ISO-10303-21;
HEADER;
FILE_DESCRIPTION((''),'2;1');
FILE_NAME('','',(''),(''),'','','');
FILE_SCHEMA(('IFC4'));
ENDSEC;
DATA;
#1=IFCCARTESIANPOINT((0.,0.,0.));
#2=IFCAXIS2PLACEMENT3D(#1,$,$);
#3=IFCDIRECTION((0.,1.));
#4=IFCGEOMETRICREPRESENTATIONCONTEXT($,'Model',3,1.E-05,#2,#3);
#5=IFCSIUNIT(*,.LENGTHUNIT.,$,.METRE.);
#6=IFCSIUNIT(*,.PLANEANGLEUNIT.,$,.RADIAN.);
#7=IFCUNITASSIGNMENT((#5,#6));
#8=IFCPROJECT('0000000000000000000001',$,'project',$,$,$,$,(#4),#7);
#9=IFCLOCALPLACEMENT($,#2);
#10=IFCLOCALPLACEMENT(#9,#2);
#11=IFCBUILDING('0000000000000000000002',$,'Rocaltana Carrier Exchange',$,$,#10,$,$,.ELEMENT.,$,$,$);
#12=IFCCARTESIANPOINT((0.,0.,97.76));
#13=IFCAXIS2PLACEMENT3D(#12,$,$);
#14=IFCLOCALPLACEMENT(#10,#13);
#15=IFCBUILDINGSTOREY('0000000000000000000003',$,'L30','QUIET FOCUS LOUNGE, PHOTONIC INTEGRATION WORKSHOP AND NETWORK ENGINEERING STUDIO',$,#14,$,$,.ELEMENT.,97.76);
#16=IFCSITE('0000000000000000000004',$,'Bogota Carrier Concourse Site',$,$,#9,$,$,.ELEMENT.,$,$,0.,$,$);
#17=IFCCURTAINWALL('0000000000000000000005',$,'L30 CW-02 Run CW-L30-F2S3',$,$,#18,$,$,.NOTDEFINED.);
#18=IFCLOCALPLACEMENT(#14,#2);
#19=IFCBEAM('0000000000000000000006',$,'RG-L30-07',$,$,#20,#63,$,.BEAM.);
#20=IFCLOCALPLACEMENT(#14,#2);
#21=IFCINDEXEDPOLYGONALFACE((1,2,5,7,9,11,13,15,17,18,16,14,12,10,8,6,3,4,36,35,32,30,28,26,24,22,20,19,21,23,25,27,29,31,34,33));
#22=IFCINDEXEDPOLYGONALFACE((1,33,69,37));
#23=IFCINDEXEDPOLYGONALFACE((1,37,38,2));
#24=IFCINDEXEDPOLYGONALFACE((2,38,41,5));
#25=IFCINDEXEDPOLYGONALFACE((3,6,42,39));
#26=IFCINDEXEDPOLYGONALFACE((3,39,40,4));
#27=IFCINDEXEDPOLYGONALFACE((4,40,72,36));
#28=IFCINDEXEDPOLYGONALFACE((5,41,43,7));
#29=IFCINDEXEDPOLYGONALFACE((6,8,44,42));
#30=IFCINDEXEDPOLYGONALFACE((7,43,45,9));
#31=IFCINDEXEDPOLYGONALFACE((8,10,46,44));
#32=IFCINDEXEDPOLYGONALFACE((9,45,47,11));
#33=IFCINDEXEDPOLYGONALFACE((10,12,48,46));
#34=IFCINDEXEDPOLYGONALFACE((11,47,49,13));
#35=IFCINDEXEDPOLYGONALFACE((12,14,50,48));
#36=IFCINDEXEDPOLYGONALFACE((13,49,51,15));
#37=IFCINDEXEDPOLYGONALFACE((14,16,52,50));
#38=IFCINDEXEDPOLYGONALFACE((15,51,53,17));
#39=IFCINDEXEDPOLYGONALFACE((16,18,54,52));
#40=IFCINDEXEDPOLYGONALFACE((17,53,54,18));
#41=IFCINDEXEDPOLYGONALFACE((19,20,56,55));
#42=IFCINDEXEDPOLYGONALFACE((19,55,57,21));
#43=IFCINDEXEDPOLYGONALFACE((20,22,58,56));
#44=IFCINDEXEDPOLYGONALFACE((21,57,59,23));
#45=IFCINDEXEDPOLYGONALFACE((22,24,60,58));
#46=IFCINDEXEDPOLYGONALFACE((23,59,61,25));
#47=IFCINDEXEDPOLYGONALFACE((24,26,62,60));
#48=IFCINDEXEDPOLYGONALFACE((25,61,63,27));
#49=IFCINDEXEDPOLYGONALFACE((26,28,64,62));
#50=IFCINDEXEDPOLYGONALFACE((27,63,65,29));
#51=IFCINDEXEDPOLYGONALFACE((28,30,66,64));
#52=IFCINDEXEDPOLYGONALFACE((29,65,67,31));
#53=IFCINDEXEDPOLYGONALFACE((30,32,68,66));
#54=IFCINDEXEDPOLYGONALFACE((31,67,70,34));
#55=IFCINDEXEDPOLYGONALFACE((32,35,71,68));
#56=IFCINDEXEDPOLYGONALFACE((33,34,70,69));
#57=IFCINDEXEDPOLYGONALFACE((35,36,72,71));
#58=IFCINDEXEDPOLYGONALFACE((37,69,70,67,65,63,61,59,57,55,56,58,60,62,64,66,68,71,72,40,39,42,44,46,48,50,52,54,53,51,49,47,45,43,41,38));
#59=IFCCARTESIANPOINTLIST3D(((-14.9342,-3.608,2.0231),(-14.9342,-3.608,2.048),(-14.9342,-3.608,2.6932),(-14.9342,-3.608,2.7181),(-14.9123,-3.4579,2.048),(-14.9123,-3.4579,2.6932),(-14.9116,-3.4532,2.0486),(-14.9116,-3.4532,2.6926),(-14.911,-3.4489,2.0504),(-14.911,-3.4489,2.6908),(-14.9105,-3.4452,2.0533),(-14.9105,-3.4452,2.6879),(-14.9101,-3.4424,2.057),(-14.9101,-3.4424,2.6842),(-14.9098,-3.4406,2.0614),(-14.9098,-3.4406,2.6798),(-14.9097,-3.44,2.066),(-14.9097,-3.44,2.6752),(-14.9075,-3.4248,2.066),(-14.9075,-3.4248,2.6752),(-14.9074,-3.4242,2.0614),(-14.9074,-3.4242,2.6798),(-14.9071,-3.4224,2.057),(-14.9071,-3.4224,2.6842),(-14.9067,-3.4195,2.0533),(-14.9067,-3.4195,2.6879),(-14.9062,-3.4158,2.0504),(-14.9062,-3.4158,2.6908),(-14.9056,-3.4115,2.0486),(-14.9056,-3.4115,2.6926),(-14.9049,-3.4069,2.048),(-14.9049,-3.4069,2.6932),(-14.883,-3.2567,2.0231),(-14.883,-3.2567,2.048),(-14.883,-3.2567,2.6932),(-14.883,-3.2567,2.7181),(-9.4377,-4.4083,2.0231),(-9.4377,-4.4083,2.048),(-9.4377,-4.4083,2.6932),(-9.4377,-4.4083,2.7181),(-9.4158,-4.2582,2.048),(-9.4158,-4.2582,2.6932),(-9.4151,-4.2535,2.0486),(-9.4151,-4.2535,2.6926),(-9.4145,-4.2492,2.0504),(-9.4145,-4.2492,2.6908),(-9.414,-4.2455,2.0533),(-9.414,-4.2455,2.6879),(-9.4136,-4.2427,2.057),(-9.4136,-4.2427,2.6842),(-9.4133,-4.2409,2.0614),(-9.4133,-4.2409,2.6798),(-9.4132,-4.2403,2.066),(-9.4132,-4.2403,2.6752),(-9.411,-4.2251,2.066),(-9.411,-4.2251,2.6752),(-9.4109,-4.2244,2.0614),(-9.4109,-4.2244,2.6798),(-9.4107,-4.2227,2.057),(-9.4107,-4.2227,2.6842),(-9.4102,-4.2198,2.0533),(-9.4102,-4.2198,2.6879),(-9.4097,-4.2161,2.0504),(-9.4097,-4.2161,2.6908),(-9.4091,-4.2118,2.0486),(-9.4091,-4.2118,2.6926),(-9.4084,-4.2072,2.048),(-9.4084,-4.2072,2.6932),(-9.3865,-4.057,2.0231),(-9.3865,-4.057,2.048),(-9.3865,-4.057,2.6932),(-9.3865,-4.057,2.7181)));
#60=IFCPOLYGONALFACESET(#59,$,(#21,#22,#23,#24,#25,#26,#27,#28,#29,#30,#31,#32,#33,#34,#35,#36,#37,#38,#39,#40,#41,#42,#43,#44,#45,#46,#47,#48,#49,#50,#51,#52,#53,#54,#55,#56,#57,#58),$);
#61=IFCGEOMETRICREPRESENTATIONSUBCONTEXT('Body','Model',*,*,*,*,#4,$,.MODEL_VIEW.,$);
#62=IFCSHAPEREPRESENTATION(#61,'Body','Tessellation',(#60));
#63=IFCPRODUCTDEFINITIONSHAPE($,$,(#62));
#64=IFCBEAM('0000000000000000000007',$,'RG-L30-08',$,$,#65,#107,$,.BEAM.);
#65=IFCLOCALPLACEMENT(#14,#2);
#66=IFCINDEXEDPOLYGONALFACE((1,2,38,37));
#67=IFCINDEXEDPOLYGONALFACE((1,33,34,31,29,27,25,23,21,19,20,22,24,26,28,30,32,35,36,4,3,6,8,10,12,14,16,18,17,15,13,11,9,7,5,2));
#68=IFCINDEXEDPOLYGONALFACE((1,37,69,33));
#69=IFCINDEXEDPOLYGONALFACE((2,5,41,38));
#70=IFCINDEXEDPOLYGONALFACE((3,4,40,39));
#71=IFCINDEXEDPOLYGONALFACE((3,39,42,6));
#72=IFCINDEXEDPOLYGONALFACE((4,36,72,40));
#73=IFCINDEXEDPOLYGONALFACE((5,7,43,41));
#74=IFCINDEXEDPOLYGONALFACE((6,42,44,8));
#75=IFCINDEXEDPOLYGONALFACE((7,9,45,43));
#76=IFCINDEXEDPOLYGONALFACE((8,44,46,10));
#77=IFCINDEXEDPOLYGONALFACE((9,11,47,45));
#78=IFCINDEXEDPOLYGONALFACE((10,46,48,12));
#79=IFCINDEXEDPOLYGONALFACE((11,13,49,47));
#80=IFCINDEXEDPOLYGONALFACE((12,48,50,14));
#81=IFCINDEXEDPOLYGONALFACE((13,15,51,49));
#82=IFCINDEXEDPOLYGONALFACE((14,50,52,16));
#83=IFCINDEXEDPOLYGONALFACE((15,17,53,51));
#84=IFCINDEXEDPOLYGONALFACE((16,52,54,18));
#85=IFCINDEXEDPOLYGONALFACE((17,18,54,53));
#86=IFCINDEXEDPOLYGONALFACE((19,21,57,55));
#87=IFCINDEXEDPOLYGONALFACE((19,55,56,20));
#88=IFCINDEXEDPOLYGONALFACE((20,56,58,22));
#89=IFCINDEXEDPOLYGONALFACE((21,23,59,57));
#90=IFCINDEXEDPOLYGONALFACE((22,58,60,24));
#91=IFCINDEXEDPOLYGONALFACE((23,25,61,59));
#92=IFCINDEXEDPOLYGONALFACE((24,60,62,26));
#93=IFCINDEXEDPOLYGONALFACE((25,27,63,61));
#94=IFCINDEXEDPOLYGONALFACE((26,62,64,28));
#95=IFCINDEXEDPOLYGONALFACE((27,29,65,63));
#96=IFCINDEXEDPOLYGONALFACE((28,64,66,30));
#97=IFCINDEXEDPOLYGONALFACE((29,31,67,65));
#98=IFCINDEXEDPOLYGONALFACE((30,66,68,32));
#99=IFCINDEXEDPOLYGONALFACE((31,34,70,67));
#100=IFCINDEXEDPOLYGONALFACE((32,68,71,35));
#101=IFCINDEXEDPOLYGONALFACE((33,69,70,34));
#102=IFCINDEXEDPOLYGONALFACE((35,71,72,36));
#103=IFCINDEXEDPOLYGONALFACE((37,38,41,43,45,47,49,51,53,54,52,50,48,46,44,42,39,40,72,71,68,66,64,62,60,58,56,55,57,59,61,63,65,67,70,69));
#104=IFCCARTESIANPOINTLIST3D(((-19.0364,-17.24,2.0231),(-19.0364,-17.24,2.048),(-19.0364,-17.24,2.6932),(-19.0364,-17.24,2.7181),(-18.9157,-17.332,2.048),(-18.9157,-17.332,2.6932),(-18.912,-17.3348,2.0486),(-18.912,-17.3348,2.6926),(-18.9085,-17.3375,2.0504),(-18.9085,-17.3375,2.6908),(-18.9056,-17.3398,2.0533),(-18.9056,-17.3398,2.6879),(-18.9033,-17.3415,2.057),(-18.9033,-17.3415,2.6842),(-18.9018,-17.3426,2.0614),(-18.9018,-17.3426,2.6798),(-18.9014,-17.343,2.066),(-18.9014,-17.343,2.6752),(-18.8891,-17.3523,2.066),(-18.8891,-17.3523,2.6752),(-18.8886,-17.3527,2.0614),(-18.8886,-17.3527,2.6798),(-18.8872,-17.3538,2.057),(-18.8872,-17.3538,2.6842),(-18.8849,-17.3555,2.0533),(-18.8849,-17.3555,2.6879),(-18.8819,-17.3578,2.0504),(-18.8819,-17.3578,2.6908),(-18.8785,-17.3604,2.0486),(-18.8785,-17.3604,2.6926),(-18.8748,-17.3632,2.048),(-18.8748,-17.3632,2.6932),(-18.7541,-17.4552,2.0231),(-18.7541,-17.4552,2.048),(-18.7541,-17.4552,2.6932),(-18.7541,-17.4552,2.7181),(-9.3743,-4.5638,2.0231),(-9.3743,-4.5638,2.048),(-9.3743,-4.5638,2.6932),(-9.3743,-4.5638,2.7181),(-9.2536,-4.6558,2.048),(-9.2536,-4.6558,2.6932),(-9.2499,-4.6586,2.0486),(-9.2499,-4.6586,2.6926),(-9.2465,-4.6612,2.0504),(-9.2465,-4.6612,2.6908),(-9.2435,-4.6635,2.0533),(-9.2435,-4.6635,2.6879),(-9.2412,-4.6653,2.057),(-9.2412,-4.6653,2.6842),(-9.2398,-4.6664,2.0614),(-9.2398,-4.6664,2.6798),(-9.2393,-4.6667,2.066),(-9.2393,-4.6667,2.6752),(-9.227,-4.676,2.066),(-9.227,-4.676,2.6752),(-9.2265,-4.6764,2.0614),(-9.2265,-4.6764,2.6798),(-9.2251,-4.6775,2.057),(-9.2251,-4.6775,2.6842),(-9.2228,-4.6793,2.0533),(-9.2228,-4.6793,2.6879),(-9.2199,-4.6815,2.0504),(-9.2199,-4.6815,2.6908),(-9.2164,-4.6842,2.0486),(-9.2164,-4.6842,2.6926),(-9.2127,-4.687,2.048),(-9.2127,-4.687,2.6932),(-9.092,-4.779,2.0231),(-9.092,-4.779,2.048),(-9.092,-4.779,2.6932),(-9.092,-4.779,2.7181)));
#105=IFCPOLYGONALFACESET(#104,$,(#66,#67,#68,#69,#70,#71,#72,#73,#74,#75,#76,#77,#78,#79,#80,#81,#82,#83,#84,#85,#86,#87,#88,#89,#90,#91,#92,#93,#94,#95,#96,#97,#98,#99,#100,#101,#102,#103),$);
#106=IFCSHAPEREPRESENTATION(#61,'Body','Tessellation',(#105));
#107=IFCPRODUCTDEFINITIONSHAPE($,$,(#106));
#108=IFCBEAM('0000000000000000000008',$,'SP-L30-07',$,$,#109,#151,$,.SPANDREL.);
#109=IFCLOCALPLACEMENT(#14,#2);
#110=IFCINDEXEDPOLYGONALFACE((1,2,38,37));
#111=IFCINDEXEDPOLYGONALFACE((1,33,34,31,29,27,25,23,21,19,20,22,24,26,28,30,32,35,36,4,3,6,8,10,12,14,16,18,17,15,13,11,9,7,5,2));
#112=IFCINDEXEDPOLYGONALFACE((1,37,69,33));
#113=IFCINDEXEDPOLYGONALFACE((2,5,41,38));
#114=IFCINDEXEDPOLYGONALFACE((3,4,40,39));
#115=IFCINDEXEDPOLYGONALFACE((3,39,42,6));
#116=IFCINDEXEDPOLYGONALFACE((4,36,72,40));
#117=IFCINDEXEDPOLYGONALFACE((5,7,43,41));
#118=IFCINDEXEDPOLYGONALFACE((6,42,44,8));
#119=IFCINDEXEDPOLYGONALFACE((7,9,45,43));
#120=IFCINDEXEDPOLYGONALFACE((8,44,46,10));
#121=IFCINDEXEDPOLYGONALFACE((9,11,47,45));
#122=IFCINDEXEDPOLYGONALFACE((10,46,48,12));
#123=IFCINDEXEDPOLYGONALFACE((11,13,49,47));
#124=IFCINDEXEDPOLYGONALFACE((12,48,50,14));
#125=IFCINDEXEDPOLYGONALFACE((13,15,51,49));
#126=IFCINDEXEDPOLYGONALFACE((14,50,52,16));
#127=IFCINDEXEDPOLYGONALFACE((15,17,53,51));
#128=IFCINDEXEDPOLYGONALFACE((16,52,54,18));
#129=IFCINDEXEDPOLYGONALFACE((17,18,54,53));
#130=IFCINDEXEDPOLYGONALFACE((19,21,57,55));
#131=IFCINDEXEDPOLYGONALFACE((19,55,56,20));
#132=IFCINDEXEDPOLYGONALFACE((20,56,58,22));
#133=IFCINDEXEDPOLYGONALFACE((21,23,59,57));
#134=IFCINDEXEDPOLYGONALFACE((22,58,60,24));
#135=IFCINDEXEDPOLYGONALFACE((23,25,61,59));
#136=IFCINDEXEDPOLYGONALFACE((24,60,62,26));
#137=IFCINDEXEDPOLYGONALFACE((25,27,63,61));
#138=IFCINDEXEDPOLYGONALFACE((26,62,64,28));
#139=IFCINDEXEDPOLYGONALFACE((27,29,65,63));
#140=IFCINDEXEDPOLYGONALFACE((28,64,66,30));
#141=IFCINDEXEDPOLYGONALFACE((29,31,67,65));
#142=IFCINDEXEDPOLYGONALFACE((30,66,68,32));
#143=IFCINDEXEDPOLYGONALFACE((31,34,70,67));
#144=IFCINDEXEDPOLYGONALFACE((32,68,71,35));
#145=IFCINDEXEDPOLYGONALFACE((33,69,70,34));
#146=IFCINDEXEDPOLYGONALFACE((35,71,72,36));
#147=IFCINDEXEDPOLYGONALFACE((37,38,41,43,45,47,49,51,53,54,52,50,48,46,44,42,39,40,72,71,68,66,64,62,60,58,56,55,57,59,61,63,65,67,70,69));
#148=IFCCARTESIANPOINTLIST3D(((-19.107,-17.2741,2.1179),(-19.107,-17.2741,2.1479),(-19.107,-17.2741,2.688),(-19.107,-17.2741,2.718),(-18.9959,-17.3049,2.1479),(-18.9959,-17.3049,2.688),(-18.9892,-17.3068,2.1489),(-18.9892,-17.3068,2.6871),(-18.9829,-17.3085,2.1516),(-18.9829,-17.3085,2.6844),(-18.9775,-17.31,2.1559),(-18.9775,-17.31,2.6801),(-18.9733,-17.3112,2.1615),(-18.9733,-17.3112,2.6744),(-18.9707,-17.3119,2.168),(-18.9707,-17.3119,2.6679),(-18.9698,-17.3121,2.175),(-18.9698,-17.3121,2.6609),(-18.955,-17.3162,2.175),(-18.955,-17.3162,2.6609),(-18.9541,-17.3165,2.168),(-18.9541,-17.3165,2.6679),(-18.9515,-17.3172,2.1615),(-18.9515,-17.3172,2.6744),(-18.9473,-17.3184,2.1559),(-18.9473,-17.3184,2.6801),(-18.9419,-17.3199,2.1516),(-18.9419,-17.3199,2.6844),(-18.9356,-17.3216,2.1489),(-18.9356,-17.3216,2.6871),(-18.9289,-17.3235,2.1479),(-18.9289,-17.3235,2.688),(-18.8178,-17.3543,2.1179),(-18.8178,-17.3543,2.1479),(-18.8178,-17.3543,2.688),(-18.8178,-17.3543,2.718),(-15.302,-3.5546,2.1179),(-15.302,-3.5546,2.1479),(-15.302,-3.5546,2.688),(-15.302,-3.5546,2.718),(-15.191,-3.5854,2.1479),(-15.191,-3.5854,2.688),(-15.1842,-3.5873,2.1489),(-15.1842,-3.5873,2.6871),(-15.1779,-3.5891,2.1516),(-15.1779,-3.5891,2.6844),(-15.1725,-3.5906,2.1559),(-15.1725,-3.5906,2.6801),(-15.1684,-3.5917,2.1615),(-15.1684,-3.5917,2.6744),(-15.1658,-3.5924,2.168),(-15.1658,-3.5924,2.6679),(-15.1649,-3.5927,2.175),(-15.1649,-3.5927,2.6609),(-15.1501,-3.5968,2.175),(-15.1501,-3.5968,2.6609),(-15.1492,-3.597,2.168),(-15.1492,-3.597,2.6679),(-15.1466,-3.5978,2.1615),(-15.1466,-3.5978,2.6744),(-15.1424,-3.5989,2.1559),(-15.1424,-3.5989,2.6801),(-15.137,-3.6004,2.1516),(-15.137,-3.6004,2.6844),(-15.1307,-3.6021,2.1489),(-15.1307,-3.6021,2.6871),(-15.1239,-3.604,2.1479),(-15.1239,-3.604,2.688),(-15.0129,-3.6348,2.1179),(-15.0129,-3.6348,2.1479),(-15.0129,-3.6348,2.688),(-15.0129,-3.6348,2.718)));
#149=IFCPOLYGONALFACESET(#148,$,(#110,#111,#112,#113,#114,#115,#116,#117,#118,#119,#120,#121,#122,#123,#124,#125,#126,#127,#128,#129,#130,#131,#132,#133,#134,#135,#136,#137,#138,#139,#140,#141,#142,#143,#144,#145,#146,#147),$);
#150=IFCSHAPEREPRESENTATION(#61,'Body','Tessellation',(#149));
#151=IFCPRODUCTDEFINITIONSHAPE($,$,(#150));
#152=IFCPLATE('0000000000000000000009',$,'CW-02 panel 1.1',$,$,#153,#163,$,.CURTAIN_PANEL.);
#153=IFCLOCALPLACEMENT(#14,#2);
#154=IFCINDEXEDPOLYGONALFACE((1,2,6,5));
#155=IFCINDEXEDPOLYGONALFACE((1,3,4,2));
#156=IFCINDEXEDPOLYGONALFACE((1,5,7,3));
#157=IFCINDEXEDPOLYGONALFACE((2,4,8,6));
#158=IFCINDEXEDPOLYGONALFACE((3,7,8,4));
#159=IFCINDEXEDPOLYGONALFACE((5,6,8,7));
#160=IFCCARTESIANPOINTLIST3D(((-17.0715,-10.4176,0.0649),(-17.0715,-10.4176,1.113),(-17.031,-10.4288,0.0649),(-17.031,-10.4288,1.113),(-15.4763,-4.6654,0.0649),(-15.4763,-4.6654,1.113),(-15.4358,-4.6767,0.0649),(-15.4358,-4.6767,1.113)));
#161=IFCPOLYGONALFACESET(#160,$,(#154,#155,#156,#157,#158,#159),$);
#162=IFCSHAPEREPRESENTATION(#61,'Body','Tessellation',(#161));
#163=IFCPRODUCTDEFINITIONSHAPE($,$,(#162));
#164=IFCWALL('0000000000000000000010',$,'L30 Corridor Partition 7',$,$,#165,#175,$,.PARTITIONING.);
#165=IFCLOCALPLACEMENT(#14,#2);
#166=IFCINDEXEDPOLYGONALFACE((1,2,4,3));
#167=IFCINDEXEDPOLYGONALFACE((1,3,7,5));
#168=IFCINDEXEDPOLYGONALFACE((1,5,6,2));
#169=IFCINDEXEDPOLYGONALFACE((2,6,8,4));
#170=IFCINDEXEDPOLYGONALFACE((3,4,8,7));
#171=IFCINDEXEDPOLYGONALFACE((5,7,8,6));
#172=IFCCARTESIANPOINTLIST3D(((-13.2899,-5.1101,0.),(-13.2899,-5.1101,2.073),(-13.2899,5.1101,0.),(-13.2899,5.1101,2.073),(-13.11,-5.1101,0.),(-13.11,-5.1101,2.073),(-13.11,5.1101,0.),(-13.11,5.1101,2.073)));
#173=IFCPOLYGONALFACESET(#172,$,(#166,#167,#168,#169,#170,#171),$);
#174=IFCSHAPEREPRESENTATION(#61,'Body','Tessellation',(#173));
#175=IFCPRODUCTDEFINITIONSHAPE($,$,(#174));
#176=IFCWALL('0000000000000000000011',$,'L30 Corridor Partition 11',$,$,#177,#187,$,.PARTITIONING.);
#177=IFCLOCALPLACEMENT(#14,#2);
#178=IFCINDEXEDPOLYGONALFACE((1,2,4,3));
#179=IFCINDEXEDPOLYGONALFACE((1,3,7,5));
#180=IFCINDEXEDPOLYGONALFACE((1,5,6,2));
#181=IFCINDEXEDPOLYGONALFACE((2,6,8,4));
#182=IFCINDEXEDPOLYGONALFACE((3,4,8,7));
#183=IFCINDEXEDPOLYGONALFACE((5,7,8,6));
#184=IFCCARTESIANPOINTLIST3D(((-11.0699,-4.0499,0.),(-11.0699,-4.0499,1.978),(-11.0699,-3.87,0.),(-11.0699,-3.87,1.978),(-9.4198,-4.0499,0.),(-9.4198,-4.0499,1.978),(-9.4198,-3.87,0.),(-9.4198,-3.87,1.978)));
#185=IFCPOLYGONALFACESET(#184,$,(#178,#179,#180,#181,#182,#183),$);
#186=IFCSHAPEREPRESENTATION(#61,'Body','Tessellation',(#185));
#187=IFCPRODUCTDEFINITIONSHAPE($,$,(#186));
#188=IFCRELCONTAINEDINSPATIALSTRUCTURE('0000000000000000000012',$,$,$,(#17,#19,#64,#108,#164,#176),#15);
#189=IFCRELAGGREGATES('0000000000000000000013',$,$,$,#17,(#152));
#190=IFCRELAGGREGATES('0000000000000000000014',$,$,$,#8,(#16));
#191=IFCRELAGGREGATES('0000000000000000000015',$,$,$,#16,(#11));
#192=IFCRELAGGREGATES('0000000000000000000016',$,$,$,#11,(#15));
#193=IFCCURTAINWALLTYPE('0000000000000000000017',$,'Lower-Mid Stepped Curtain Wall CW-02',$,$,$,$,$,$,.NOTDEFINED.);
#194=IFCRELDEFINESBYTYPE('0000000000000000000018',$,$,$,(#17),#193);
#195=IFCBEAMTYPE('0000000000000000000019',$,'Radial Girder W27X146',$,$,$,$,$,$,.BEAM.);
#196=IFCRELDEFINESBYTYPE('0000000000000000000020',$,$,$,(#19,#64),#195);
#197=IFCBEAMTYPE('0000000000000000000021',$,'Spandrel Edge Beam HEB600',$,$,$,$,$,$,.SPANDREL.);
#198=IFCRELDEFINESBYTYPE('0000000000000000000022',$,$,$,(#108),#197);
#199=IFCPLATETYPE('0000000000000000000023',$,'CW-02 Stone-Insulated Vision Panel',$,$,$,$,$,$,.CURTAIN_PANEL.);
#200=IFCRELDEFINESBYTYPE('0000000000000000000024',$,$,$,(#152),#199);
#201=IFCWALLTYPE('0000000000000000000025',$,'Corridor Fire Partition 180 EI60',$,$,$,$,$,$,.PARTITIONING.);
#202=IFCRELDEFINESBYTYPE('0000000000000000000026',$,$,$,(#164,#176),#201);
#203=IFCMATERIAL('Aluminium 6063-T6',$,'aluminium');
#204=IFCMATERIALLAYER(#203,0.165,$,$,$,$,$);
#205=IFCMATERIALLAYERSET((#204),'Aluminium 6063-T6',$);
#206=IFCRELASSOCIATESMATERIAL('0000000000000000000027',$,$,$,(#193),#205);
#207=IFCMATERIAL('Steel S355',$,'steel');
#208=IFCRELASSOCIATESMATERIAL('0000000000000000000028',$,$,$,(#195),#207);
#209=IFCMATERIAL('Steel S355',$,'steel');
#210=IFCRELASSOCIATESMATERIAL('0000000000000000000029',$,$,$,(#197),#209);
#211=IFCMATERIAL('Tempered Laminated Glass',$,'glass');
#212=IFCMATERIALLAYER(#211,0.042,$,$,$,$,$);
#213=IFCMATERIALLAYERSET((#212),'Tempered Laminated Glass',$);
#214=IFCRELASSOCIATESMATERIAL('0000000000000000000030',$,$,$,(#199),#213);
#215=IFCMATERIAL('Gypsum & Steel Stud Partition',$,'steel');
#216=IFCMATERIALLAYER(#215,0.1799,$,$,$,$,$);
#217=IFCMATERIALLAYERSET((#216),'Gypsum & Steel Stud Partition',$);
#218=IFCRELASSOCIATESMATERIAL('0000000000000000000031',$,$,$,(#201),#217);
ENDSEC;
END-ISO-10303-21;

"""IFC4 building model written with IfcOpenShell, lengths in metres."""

from ifc_helpers import new_model, si_unit, direction, frame, frame_2d, origin, origin_2d, place, context, subcontext, project, spatial, rectangle, i_section, extrude, material, layer, layer_set, material_profile, profile_set, type_object, element, aggregate, save


model = new_model("IFC4")

# Units and contexts
model_context = context("Model", 3, precision=1e-05, world=origin(), true_north=direction((0.0, 1.0)))
body_context = subcontext(model_context, "Body", "Model", "MODEL_VIEW")
ifc_project = project(units=[si_unit("LENGTHUNIT", "METRE"), si_unit("PLANEANGLEUNIT", "RADIAN")], contexts=[model_context])

# Site, building, storey
site_placement = place(None, origin())
site = spatial("IfcSite", under=ifc_project, at=site_placement, Name="Bogota Carrier Concourse Site", CompositionType="ELEMENT", RefElevation=0.0)
building_placement = place(site_placement, origin())
building = spatial("IfcBuilding", under=site, at=building_placement, Name="Rocaltana Carrier Exchange", CompositionType="ELEMENT")
storey_placement = place(building_placement, frame((0.0, 0.0, 97.76)))
storey = spatial("IfcBuildingStorey", under=building, at=storey_placement, Name="L30", Description="QUIET FOCUS LOUNGE, PHOTONIC INTEGRATION WORKSHOP AND NETWORK ENGINEERING STUDIO", CompositionType="ELEMENT", Elevation=97.76)

# Shared definitions
ifc_material_1 = material(Name="Aluminium 6063-T6", Category="aluminium")
ifc_layer_1 = layer(ifc_material_1, 0.165)
ifc_layer_set_1 = layer_set([ifc_layer_1], Name="Aluminium 6063-T6")
curtain_wall_type = type_object("IfcCurtainWallType", Name="Lower-Mid Stepped Curtain Wall CW-02", PredefinedType="NOTDEFINED", material=ifc_layer_set_1)

# Curtain wall
curtain_wall_1_placement = place(storey_placement, origin())
curtain_wall_1 = element("IfcCurtainWall", 1, at=curtain_wall_1_placement, inside=storey, type_object=curtain_wall_type, Name="L30 CW-02 Run CW-L30-F2S3", PredefinedType="NOTDEFINED")

# Beams
ifc_material_2 = material(Name="Steel S355", Category="steel")
ifc_material_profile_1 = material_profile(ifc_material_2, i_section(OverallWidth=0.355, OverallDepth=0.6951, WebThickness=0.0154, FlangeThickness=0.0249, FilletRadius=0.0181, at=origin_2d()), Name="W27X146")
ifc_profile_set_1 = profile_set([ifc_material_profile_1], Name="Steel S355")
beam_type_1 = type_object("IfcBeamType", Name="Radial Girder W27X146", PredefinedType="BEAM", material=ifc_profile_set_1)
beam_1_placement = place(storey_placement, frame((-9.4121, -4.2327, 2.3706), z_axis=(-0.989566, 0.144079, 0.0), x_axis=(-0.144079, -0.989566, 0.0)))
element("IfcBeam", 2, at=beam_1_placement, inside=storey, type_object=beam_type_1, Name="RG-L30-07", PredefinedType="BEAM", context=body_context, shape_type="SweptSolid", body=[
    extrude(i_section(OverallWidth=0.355, OverallDepth=0.6951, WebThickness=0.0154, FlangeThickness=0.0249, FilletRadius=0.0181, at=origin_2d()), origin(), (0.0, 0.0, 1.0), 5.5544),
])
beam_2_placement = place(storey_placement, frame((-9.2332, -4.6714, 2.3706), z_axis=(-0.606202, -0.795311, 0.0), x_axis=(0.795311, -0.606202, 0.0)))
element("IfcBeam", 3, at=beam_2_placement, inside=storey, type_object=beam_type_1, Name="RG-L30-08", PredefinedType="BEAM", context=body_context, shape_type="SweptSolid", body=[
    extrude(i_section(OverallWidth=0.355, OverallDepth=0.6951, WebThickness=0.0154, FlangeThickness=0.0249, FilletRadius=0.0181, at=origin_2d()), origin(), (0.0, 0.0, 1.0), 15.9387),
])
ifc_material_3 = material(Name="Steel S355", Category="steel")
ifc_material_profile_2 = material_profile(ifc_material_3, i_section(OverallWidth=0.3, OverallDepth=0.6001, WebThickness=0.0154, FlangeThickness=0.03, FilletRadius=0.0271, at=origin_2d()), Name="HEB600")
ifc_profile_set_2 = profile_set([ifc_material_profile_2], Name="Steel S355")
beam_type_2 = type_object("IfcBeamType", Name="Spandrel Edge Beam HEB600", PredefinedType="SPANDREL", material=ifc_profile_set_2)
beam_3_placement = place(storey_placement, frame((-15.1575, -3.5947, 2.418), z_axis=(-0.26725, -0.963627, 0.0), x_axis=(0.963627, -0.26725, 0.0)))
element("IfcBeam", 4, at=beam_3_placement, inside=storey, type_object=beam_type_2, Name="SP-L30-07", PredefinedType="SPANDREL", context=body_context, shape_type="SweptSolid", body=[
    extrude(i_section(OverallWidth=0.3, OverallDepth=0.6001, WebThickness=0.0154, FlangeThickness=0.03, FilletRadius=0.0271, at=origin_2d()), origin(), (0.0, 0.0, 1.0), 14.2373),
])

# Plate
ifc_material_4 = material(Name="Tempered Laminated Glass", Category="glass")
ifc_layer_2 = layer(ifc_material_4, 0.042)
ifc_layer_set_2 = layer_set([ifc_layer_2], Name="Tempered Laminated Glass")
plate_type = type_object("IfcPlateType", Name="CW-02 Stone-Insulated Vision Panel", PredefinedType="CURTAIN_PANEL", material=ifc_layer_set_2)
plate_placement = place(storey_placement, frame((-16.2537, -7.5471, 0.0649), z_axis=(0.0, 0.0, 1.0), x_axis=(-0.267243, -0.963629, 0.0)))
plate = element("IfcPlate", 5, at=plate_placement, type_object=plate_type, Name="CW-02 panel 1.1", PredefinedType="CURTAIN_PANEL", context=body_context, shape_type="SweptSolid", body=[
    extrude(rectangle(XDim=5.9692, YDim=0.042, at=origin_2d()), origin(), (0.0, 0.0, 1.0), 1.0481),
])
aggregate(curtain_wall_1, [plate])

# Walls
ifc_material_5 = material(Name="Gypsum & Steel Stud Partition", Category="steel")
ifc_layer_3 = layer(ifc_material_5, 0.1799)
ifc_layer_set_3 = layer_set([ifc_layer_3], Name="Gypsum & Steel Stud Partition")
wall_type_1 = type_object("IfcWallType", Name="Corridor Fire Partition 180 EI60", PredefinedType="PARTITIONING", material=ifc_layer_set_3)
wall_1_placement = place(storey_placement, frame((-13.2, -5.1101, 0.0), z_axis=(0.0, 0.0, 1.0), x_axis=(0.0, 1.0, 0.0)))
element("IfcWall", 6, at=wall_1_placement, inside=storey, type_object=wall_type_1, Name="L30 Corridor Partition 7", PredefinedType="PARTITIONING", context=body_context, shape_type="SweptSolid", body=[
    extrude(rectangle(XDim=10.2202, YDim=0.1799, at=frame_2d((5.1101, 0.0))), origin(), (0.0, 0.0, 1.0), 2.073),
])
wall_2_placement = place(storey_placement, frame((-11.0701, -3.96, 0.0), z_axis=(0.0, 0.0, 1.0), x_axis=(1.0, 0.0, 0.0)))
element("IfcWall", 7, at=wall_2_placement, inside=storey, type_object=wall_type_1, Name="L30 Corridor Partition 11", PredefinedType="PARTITIONING", context=body_context, shape_type="SweptSolid", body=[
    extrude(rectangle(XDim=1.6501, YDim=0.1799, at=frame_2d((0.8252, 0.0))), origin(), (0.0, 0.0, 1.0), 1.978),
])

save(model, "model.ifc")
